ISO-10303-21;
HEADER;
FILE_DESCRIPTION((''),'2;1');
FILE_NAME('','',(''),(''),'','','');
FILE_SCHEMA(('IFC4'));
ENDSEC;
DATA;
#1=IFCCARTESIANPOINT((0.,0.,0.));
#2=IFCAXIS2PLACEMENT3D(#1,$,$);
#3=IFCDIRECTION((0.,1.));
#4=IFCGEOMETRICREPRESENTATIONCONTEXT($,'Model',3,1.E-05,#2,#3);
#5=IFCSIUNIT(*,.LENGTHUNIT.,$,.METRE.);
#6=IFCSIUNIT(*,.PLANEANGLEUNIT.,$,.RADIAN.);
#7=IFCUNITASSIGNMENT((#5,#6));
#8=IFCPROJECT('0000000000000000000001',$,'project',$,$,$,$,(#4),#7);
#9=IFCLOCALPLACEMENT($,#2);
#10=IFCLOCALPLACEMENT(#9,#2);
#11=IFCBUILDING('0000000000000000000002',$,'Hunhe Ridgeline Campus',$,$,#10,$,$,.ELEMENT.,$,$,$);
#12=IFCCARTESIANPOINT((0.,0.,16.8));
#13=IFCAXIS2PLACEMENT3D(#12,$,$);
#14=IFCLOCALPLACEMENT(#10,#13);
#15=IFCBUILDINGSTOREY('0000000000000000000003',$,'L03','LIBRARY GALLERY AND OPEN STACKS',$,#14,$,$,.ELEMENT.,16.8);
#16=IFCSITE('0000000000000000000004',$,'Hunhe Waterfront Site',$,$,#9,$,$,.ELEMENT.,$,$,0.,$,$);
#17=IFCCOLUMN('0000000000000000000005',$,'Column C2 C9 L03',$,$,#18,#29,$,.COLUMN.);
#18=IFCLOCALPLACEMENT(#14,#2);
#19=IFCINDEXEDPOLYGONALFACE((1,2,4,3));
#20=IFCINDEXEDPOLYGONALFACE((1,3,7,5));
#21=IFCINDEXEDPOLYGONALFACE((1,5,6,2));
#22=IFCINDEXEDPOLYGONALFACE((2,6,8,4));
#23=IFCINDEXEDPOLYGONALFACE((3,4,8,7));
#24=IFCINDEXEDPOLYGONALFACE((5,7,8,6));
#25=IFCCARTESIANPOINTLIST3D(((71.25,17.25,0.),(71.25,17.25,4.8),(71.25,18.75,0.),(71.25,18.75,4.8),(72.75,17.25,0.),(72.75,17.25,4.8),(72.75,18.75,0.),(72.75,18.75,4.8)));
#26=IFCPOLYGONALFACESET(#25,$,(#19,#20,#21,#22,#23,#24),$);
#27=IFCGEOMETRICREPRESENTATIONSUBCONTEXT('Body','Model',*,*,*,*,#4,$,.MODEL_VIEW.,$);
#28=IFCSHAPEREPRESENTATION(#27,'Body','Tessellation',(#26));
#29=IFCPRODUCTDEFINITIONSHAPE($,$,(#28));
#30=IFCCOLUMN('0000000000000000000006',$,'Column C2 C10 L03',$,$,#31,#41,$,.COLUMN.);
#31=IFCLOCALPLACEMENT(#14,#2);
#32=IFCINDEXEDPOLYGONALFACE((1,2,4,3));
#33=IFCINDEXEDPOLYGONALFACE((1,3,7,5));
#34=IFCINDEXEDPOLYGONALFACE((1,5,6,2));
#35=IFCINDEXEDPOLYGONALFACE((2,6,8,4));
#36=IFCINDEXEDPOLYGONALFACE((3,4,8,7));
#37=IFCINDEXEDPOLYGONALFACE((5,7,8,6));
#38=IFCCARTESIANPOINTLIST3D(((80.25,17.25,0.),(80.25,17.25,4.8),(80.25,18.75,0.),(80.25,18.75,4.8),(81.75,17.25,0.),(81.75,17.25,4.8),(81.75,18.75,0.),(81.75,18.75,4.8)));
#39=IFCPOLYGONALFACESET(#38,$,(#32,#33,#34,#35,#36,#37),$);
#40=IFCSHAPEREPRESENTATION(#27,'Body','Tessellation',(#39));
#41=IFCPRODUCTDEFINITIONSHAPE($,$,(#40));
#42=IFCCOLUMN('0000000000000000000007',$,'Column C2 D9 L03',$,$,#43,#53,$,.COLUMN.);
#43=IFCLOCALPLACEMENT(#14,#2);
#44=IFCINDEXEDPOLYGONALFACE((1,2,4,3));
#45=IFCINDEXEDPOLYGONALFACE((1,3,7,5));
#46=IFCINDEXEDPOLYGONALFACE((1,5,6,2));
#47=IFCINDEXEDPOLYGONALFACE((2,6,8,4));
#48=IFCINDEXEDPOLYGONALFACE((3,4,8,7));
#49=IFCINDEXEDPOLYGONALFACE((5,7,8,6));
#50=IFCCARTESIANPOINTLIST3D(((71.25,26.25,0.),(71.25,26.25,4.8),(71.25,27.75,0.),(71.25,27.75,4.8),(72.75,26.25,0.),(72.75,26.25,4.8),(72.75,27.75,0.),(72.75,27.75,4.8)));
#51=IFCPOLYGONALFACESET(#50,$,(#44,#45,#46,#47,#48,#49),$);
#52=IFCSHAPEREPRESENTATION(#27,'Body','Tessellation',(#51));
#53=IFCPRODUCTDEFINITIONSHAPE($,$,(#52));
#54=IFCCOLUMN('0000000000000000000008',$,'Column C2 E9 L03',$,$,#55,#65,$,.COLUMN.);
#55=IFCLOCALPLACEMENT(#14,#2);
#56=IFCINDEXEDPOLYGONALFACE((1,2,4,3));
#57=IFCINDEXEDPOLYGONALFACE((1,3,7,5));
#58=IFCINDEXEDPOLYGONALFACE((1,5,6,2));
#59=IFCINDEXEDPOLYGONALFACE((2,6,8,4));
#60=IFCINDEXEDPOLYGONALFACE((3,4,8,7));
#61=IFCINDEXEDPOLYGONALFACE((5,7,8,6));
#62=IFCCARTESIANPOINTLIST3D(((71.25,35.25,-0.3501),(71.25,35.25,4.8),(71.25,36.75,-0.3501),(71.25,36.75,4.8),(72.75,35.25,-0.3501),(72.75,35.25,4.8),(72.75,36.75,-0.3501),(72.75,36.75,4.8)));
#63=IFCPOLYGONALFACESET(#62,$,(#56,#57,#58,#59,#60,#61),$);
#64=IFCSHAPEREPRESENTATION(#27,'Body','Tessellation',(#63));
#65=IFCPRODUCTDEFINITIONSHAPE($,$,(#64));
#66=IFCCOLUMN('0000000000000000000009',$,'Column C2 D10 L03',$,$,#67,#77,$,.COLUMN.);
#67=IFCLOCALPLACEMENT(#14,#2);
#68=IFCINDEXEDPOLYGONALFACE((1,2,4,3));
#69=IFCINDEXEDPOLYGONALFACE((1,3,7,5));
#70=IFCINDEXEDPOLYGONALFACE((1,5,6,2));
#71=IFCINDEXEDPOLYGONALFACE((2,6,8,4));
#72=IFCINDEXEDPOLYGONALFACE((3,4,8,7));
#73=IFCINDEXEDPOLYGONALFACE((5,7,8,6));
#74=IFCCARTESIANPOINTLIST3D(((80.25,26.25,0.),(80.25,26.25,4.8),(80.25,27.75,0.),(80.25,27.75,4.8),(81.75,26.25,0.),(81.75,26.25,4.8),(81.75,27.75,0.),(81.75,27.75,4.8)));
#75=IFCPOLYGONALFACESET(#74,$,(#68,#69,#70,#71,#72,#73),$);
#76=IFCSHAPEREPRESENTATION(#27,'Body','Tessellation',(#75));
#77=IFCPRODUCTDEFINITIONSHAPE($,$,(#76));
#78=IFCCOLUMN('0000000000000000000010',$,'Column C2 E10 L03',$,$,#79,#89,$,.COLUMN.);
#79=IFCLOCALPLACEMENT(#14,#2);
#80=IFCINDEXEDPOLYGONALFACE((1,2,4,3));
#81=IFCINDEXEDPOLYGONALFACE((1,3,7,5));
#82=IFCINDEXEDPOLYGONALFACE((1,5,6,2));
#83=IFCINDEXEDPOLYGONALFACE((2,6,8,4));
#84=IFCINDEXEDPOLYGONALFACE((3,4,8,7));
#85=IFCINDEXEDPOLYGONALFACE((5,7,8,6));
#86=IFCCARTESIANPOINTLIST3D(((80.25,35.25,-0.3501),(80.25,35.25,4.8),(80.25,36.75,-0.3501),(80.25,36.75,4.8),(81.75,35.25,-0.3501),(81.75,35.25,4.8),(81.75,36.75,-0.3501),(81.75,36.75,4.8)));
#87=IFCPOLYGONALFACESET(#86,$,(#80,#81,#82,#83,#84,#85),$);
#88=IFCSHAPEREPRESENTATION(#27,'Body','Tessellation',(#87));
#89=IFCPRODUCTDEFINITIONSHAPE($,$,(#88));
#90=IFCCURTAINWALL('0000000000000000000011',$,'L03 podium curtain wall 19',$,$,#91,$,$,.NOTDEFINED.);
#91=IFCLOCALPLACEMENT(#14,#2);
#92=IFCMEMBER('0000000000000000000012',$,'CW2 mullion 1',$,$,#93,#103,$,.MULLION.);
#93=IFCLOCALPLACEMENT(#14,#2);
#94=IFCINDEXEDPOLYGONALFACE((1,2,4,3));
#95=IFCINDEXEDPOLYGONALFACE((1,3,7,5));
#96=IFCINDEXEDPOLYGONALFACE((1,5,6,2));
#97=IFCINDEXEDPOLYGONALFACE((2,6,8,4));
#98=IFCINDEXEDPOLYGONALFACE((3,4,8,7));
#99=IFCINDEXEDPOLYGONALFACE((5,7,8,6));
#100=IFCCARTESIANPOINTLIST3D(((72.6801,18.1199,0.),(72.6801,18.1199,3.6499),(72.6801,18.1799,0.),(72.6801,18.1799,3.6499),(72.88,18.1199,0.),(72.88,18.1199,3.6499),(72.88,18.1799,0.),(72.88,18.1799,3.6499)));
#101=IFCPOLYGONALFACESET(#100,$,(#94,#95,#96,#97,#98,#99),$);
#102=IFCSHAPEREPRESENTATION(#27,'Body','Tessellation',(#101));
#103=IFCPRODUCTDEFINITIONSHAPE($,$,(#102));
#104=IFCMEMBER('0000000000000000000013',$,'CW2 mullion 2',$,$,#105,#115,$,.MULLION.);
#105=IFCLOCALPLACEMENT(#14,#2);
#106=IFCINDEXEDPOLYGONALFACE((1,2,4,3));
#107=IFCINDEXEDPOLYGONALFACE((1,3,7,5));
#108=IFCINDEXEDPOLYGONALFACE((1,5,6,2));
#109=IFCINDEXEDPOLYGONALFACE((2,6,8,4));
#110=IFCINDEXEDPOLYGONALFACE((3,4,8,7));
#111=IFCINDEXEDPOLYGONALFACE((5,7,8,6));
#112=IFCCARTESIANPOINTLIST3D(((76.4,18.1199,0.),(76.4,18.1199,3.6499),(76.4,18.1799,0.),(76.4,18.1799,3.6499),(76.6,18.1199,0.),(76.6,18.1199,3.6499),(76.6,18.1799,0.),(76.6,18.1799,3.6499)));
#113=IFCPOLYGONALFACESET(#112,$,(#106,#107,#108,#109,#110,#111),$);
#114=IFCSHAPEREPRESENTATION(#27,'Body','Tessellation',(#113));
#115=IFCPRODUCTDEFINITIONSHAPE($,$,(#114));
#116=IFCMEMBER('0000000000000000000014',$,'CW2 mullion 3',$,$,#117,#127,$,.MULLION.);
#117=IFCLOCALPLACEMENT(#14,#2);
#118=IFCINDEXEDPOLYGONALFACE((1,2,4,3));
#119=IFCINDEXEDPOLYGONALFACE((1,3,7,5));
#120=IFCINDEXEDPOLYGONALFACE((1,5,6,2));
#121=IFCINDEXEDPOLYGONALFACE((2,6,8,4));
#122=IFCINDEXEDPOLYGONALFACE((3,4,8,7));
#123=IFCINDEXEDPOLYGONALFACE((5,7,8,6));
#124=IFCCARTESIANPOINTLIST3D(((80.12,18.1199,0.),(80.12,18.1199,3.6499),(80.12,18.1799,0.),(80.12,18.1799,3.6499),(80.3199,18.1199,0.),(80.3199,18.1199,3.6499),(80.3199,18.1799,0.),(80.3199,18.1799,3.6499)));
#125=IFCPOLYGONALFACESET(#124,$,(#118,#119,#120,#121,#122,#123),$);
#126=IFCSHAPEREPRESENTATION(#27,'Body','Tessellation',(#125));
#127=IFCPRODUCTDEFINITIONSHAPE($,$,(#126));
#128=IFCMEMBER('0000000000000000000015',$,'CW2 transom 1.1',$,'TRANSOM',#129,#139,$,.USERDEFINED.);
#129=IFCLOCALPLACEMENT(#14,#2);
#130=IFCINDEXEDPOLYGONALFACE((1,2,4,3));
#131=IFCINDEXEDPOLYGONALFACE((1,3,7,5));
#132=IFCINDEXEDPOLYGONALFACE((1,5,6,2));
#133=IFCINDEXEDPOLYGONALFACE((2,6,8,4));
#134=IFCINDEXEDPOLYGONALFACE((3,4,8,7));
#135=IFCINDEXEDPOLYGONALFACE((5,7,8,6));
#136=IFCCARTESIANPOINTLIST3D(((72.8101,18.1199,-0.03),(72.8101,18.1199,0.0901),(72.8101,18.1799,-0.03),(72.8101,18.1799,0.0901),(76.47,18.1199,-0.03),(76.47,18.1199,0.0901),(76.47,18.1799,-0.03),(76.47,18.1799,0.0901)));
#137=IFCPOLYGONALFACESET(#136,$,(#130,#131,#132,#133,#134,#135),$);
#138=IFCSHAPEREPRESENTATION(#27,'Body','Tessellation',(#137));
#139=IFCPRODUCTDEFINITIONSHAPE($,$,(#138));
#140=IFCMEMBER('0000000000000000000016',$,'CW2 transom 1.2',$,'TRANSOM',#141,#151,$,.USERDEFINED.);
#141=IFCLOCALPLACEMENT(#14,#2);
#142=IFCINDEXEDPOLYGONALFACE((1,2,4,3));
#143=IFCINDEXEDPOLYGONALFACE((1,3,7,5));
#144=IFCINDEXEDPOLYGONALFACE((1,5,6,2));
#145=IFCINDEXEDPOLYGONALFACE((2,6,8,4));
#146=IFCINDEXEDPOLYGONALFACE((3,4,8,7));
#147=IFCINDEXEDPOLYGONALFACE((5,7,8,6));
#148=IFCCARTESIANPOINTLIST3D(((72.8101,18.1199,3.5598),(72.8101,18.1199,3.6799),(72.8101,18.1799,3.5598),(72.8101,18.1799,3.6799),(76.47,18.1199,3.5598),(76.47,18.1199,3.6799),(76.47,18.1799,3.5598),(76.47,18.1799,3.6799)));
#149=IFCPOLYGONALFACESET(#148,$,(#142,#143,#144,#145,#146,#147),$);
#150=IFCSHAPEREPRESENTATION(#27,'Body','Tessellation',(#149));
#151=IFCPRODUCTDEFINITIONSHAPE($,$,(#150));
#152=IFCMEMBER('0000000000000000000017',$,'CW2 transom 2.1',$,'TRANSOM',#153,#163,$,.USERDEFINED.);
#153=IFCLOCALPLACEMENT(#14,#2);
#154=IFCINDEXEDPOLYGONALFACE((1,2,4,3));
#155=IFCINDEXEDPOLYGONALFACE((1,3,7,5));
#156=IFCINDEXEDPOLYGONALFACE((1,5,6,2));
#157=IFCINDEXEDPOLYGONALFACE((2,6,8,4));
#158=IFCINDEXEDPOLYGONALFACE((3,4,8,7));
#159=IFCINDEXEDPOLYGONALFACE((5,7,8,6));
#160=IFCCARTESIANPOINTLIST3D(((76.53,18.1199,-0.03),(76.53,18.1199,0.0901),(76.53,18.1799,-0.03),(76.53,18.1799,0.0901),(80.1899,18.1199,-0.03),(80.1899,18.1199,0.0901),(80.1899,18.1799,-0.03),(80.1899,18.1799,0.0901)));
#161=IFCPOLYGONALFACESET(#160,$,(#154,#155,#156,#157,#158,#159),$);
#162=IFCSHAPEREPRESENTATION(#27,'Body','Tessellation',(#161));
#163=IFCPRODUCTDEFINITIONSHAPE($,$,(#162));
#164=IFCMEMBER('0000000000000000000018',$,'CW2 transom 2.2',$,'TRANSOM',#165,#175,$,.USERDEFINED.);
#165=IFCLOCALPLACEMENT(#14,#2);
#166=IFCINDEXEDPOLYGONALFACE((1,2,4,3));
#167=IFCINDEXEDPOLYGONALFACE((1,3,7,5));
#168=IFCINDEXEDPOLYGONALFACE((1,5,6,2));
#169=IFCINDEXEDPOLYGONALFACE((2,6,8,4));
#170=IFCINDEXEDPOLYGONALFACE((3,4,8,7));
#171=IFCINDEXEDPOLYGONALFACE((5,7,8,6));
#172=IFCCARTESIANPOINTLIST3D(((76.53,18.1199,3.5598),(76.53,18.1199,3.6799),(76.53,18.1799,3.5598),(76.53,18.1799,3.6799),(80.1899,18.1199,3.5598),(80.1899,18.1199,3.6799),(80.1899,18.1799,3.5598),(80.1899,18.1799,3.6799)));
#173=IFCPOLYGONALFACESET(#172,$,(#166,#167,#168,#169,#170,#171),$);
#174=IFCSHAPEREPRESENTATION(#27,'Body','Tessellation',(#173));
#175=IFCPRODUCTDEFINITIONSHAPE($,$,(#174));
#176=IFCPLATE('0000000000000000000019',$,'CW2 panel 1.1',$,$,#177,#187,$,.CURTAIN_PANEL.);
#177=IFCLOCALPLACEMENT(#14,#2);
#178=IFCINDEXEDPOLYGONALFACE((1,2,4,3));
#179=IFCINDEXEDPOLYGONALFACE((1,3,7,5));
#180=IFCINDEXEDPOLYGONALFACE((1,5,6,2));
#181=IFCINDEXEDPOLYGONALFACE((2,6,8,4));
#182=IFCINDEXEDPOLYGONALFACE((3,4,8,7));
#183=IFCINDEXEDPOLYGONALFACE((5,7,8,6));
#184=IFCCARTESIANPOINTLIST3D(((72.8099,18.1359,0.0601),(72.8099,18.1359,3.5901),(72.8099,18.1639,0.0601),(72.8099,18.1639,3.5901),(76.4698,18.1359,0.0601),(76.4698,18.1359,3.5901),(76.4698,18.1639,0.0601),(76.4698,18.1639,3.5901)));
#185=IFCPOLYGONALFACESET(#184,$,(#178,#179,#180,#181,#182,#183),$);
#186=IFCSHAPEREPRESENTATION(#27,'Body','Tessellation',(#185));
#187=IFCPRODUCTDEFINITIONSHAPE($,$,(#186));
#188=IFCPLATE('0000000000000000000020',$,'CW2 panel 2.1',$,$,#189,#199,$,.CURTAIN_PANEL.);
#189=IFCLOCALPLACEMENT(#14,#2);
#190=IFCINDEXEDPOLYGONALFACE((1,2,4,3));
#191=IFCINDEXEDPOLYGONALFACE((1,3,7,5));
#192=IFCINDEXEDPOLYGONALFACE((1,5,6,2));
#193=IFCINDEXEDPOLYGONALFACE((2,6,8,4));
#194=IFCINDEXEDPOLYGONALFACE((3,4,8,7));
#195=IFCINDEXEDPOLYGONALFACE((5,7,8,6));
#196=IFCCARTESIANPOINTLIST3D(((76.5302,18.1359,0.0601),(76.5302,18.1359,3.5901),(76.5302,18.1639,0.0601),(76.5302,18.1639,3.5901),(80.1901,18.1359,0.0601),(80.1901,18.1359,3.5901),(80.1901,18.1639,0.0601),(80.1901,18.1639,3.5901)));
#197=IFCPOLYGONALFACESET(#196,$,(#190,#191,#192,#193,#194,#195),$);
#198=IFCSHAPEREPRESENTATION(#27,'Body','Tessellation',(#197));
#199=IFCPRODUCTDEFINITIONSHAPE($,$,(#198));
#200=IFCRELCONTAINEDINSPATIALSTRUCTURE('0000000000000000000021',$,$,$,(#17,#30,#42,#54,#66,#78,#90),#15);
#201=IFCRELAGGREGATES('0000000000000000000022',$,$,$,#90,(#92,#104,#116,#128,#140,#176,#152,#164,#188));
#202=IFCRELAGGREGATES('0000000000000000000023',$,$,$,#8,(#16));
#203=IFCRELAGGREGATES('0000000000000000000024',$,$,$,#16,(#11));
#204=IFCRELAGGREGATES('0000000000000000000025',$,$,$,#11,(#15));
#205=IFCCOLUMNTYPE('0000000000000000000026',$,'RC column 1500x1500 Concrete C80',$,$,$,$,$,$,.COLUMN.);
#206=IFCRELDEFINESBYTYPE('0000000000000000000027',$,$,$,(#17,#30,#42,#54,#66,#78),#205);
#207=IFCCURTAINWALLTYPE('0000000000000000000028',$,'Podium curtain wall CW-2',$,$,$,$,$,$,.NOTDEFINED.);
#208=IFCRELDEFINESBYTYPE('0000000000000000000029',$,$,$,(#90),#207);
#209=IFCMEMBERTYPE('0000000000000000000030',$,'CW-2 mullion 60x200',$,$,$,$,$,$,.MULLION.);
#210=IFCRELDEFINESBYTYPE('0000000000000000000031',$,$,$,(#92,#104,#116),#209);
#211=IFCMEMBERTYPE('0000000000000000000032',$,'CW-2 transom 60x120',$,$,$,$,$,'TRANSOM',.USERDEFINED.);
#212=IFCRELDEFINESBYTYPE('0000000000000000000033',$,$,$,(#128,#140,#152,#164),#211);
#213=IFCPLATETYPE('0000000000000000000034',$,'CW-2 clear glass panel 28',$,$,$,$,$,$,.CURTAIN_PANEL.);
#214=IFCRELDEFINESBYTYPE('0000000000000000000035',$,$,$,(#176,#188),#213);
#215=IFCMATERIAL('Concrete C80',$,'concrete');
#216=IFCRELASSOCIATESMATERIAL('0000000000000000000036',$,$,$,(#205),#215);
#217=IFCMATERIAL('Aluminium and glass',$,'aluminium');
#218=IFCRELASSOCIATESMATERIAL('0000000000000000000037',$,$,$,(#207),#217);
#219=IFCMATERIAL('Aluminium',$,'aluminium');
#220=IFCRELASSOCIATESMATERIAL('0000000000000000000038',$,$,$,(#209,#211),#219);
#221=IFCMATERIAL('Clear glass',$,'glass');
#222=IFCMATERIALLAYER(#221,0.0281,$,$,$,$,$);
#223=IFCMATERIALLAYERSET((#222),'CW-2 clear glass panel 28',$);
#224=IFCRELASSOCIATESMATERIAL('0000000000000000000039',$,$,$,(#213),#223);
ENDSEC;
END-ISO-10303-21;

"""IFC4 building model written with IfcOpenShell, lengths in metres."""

from ifc_helpers import new_model, si_unit, direction, frame, origin, origin_2d, place, context, subcontext, project, spatial, rectangle, extrude, material, layer, layer_set, material_profile, profile_set, type_object, element, aggregate, save


model = new_model("IFC4")

# Units and contexts
model_context = context("Model", 3, precision=1e-05, world=origin(), true_north=direction((0.0, 1.0)))
body_context = subcontext(model_context, "Body", "Model", "MODEL_VIEW")
ifc_project = project(units=[si_unit("LENGTHUNIT", "METRE"), si_unit("PLANEANGLEUNIT", "RADIAN")], contexts=[model_context])

# Site, building, storey
site_placement = place(None, origin())
site = spatial("IfcSite", under=ifc_project, at=site_placement, Name="Hunhe Waterfront Site", CompositionType="ELEMENT", RefElevation=0.0)
building_placement = place(site_placement, origin())
building = spatial("IfcBuilding", under=site, at=building_placement, Name="Hunhe Ridgeline Campus", CompositionType="ELEMENT")
storey_placement = place(building_placement, frame((0.0, 0.0, 16.8)))
storey = spatial("IfcBuildingStorey", under=building, at=storey_placement, Name="L03", Description="LIBRARY GALLERY AND OPEN STACKS", CompositionType="ELEMENT", Elevation=16.8)

# Columns
ifc_material_1 = material(Name="Concrete C80", Category="concrete")
ifc_material_profile_1 = material_profile(ifc_material_1, rectangle(XDim=1.5, YDim=1.5, at=origin_2d()))
ifc_profile_set_1 = profile_set([ifc_material_profile_1], Name="Concrete C80")
column_type = type_object("IfcColumnType", Name="RC column 1500x1500 Concrete C80", PredefinedType="COLUMN", material=ifc_profile_set_1)
for number, where, z_axis, x_axis, name in (
    (1, (72.0, 18.0, 0.0), (0.0, 0.0, 1.0), (1.0, 0.0, 0.0), "Column C2 C9 L03"),
    (2, (81.0, 18.0, 0.0), (0.0, 0.0, 1.0), (1.0, 0.0, 0.0), "Column C2 C10 L03"),
    (3, (72.0, 27.0, 0.0), (0.0, 0.0, 1.0), (1.0, 0.0, 0.0), "Column C2 D9 L03"),
):
    element("IfcColumn", number, at=place(storey_placement, frame(where, z_axis=z_axis, x_axis=x_axis)), inside=storey, type_object=column_type, Name=name, PredefinedType="COLUMN", context=body_context, shape_type="SweptSolid", body=[
        extrude(rectangle(XDim=1.5, YDim=1.5, at=origin_2d()), origin(), (0.0, 0.0, 1.0), 4.8),
    ])
column_1_placement = place(storey_placement, frame((72.0, 36.0, -0.3501), z_axis=(0.0, 0.0, 1.0), x_axis=(1.0, 0.0, 0.0)))
element("IfcColumn", 4, at=column_1_placement, inside=storey, type_object=column_type, Name="Column C2 E9 L03", PredefinedType="COLUMN", context=body_context, shape_type="SweptSolid", body=[
    extrude(rectangle(XDim=1.5, YDim=1.5, at=origin_2d()), origin(), (0.0, 0.0, 1.0), 5.1501),
])
column_2_placement = place(storey_placement, frame((81.0, 27.0, 0.0), z_axis=(0.0, 0.0, 1.0), x_axis=(1.0, 0.0, 0.0)))
element("IfcColumn", 5, at=column_2_placement, inside=storey, type_object=column_type, Name="Column C2 D10 L03", PredefinedType="COLUMN", context=body_context, shape_type="SweptSolid", body=[
    extrude(rectangle(XDim=1.5, YDim=1.5, at=origin_2d()), origin(), (0.0, 0.0, 1.0), 4.8),
])
column_3_placement = place(storey_placement, frame((81.0, 36.0, -0.3501), z_axis=(0.0, 0.0, 1.0), x_axis=(1.0, 0.0, 0.0)))
element("IfcColumn", 6, at=column_3_placement, inside=storey, type_object=column_type, Name="Column C2 E10 L03", PredefinedType="COLUMN", context=body_context, shape_type="SweptSolid", body=[
    extrude(rectangle(XDim=1.5, YDim=1.5, at=origin_2d()), origin(), (0.0, 0.0, 1.0), 5.1501),
])

# Curtain wall, members, plates
ifc_material_2 = material(Name="Aluminium and glass", Category="aluminium")
curtain_wall_type = type_object("IfcCurtainWallType", Name="Podium curtain wall CW-2", PredefinedType="NOTDEFINED", material=ifc_material_2)
curtain_wall_placement = place(storey_placement, origin())
curtain_wall = element("IfcCurtainWall", 7, at=curtain_wall_placement, inside=storey, type_object=curtain_wall_type, Name="L03 podium curtain wall 19", PredefinedType="NOTDEFINED")
ifc_material_3 = material(Name="Aluminium", Category="aluminium")
ifc_material_profile_2 = material_profile(ifc_material_3, rectangle(XDim=0.0601, YDim=0.2, at=origin_2d()))
ifc_profile_set_2 = profile_set([ifc_material_profile_2], Name="Aluminium")
member_type_1 = type_object("IfcMemberType", Name="CW-2 mullion 60x200", PredefinedType="MULLION", material=ifc_profile_set_2)
member_1_placement = place(storey_placement, frame((72.78, 18.1499, 0.0), z_axis=(0.0, 0.0, 1.0), x_axis=(0.0, 1.0, 0.0)))
member_1 = element("IfcMember", 8, at=member_1_placement, type_object=member_type_1, Name="CW2 mullion 1", PredefinedType="MULLION", context=body_context, shape_type="SweptSolid", body=[
    extrude(rectangle(XDim=0.0601, YDim=0.2, at=origin_2d()), origin(), (0.0, 0.0, 1.0), 3.6499),
])
member_2_placement = place(storey_placement, frame((76.5, 18.1499, 0.0), z_axis=(0.0, 0.0, 1.0), x_axis=(0.0, 1.0, 0.0)))
member_2 = element("IfcMember", 9, at=member_2_placement, type_object=member_type_1, Name="CW2 mullion 2", PredefinedType="MULLION", context=body_context, shape_type="SweptSolid", body=[
    extrude(rectangle(XDim=0.0601, YDim=0.2, at=origin_2d()), origin(), (0.0, 0.0, 1.0), 3.6499),
])
member_3_placement = place(storey_placement, frame((80.22, 18.1499, 0.0), z_axis=(0.0, 0.0, 1.0), x_axis=(0.0, 1.0, 0.0)))
member_3 = element("IfcMember", 10, at=member_3_placement, type_object=member_type_1, Name="CW2 mullion 3", PredefinedType="MULLION", context=body_context, shape_type="SweptSolid", body=[
    extrude(rectangle(XDim=0.0601, YDim=0.2, at=origin_2d()), origin(), (0.0, 0.0, 1.0), 3.6499),
])
ifc_material_profile_3 = material_profile(ifc_material_3, rectangle(XDim=0.0601, YDim=0.1201, at=origin_2d()))
ifc_profile_set_3 = profile_set([ifc_material_profile_3], Name="Aluminium")
member_type_2 = type_object("IfcMemberType", Name="CW-2 transom 60x120", ElementType="TRANSOM", PredefinedType="USERDEFINED", material=ifc_profile_set_3)
member_4_placement = place(storey_placement, frame((72.8101, 18.1499, 0.03), z_axis=(1.0, 0.0, 0.0), x_axis=(0.0, 1.0, 0.0)))
member_4 = element("IfcMember", 11, at=member_4_placement, type_object=member_type_2, Name="CW2 transom 1.1", ObjectType="TRANSOM", PredefinedType="USERDEFINED", context=body_context, shape_type="SweptSolid", body=[
    extrude(rectangle(XDim=0.0601, YDim=0.1201, at=origin_2d()), origin(), (0.0, 0.0, 1.0), 3.6599),
])
member_5_placement = place(storey_placement, frame((72.8101, 18.1499, 3.6199), z_axis=(1.0, 0.0, 0.0), x_axis=(0.0, 1.0, 0.0)))
member_5 = element("IfcMember", 12, at=member_5_placement, type_object=member_type_2, Name="CW2 transom 1.2", ObjectType="TRANSOM", PredefinedType="USERDEFINED", context=body_context, shape_type="SweptSolid", body=[
    extrude(rectangle(XDim=0.0601, YDim=0.1201, at=origin_2d()), origin(), (0.0, 0.0, 1.0), 3.6599),
])
member_6_placement = place(storey_placement, frame((76.53, 18.1499, 0.03), z_axis=(1.0, 0.0, 0.0), x_axis=(0.0, 1.0, 0.0)))
member_6 = element("IfcMember", 13, at=member_6_placement, type_object=member_type_2, Name="CW2 transom 2.1", ObjectType="TRANSOM", PredefinedType="USERDEFINED", context=body_context, shape_type="SweptSolid", body=[
    extrude(rectangle(XDim=0.0601, YDim=0.1201, at=origin_2d()), origin(), (0.0, 0.0, 1.0), 3.6599),
])
member_7_placement = place(storey_placement, frame((76.53, 18.1499, 3.6199), z_axis=(1.0, 0.0, 0.0), x_axis=(0.0, 1.0, 0.0)))
member_7 = element("IfcMember", 14, at=member_7_placement, type_object=member_type_2, Name="CW2 transom 2.2", ObjectType="TRANSOM", PredefinedType="USERDEFINED", context=body_context, shape_type="SweptSolid", body=[
    extrude(rectangle(XDim=0.0601, YDim=0.1201, at=origin_2d()), origin(), (0.0, 0.0, 1.0), 3.6599),
])
ifc_material_4 = material(Name="Clear glass", Category="glass")
ifc_layer_1 = layer(ifc_material_4, 0.0281)
ifc_layer_set_1 = layer_set([ifc_layer_1], Name="CW-2 clear glass panel 28")
plate_type = type_object("IfcPlateType", Name="CW-2 clear glass panel 28", PredefinedType="CURTAIN_PANEL", material=ifc_layer_set_1)
plate_1_placement = place(storey_placement, frame((74.6399, 18.1499, 0.0601), z_axis=(0.0, 0.0, 1.0), x_axis=(1.0, 0.0, 0.0)))
plate_1 = element("IfcPlate", 15, at=plate_1_placement, type_object=plate_type, Name="CW2 panel 1.1", PredefinedType="CURTAIN_PANEL", context=body_context, shape_type="SweptSolid", body=[
    extrude(rectangle(XDim=3.6599, YDim=0.0281, at=origin_2d()), origin(), (0.0, 0.0, 1.0), 3.53),
])
plate_2_placement = place(storey_placement, frame((78.3601, 18.1499, 0.0601), z_axis=(0.0, 0.0, 1.0), x_axis=(1.0, 0.0, 0.0)))
plate_2 = element("IfcPlate", 16, at=plate_2_placement, type_object=plate_type, Name="CW2 panel 2.1", PredefinedType="CURTAIN_PANEL", context=body_context, shape_type="SweptSolid", body=[
    extrude(rectangle(XDim=3.6599, YDim=0.0281, at=origin_2d()), origin(), (0.0, 0.0, 1.0), 3.53),
])
aggregate(curtain_wall, [member_1, member_2, member_3, member_4, member_5, plate_1, member_6, member_7, plate_2])

save(model, "model.ifc")
